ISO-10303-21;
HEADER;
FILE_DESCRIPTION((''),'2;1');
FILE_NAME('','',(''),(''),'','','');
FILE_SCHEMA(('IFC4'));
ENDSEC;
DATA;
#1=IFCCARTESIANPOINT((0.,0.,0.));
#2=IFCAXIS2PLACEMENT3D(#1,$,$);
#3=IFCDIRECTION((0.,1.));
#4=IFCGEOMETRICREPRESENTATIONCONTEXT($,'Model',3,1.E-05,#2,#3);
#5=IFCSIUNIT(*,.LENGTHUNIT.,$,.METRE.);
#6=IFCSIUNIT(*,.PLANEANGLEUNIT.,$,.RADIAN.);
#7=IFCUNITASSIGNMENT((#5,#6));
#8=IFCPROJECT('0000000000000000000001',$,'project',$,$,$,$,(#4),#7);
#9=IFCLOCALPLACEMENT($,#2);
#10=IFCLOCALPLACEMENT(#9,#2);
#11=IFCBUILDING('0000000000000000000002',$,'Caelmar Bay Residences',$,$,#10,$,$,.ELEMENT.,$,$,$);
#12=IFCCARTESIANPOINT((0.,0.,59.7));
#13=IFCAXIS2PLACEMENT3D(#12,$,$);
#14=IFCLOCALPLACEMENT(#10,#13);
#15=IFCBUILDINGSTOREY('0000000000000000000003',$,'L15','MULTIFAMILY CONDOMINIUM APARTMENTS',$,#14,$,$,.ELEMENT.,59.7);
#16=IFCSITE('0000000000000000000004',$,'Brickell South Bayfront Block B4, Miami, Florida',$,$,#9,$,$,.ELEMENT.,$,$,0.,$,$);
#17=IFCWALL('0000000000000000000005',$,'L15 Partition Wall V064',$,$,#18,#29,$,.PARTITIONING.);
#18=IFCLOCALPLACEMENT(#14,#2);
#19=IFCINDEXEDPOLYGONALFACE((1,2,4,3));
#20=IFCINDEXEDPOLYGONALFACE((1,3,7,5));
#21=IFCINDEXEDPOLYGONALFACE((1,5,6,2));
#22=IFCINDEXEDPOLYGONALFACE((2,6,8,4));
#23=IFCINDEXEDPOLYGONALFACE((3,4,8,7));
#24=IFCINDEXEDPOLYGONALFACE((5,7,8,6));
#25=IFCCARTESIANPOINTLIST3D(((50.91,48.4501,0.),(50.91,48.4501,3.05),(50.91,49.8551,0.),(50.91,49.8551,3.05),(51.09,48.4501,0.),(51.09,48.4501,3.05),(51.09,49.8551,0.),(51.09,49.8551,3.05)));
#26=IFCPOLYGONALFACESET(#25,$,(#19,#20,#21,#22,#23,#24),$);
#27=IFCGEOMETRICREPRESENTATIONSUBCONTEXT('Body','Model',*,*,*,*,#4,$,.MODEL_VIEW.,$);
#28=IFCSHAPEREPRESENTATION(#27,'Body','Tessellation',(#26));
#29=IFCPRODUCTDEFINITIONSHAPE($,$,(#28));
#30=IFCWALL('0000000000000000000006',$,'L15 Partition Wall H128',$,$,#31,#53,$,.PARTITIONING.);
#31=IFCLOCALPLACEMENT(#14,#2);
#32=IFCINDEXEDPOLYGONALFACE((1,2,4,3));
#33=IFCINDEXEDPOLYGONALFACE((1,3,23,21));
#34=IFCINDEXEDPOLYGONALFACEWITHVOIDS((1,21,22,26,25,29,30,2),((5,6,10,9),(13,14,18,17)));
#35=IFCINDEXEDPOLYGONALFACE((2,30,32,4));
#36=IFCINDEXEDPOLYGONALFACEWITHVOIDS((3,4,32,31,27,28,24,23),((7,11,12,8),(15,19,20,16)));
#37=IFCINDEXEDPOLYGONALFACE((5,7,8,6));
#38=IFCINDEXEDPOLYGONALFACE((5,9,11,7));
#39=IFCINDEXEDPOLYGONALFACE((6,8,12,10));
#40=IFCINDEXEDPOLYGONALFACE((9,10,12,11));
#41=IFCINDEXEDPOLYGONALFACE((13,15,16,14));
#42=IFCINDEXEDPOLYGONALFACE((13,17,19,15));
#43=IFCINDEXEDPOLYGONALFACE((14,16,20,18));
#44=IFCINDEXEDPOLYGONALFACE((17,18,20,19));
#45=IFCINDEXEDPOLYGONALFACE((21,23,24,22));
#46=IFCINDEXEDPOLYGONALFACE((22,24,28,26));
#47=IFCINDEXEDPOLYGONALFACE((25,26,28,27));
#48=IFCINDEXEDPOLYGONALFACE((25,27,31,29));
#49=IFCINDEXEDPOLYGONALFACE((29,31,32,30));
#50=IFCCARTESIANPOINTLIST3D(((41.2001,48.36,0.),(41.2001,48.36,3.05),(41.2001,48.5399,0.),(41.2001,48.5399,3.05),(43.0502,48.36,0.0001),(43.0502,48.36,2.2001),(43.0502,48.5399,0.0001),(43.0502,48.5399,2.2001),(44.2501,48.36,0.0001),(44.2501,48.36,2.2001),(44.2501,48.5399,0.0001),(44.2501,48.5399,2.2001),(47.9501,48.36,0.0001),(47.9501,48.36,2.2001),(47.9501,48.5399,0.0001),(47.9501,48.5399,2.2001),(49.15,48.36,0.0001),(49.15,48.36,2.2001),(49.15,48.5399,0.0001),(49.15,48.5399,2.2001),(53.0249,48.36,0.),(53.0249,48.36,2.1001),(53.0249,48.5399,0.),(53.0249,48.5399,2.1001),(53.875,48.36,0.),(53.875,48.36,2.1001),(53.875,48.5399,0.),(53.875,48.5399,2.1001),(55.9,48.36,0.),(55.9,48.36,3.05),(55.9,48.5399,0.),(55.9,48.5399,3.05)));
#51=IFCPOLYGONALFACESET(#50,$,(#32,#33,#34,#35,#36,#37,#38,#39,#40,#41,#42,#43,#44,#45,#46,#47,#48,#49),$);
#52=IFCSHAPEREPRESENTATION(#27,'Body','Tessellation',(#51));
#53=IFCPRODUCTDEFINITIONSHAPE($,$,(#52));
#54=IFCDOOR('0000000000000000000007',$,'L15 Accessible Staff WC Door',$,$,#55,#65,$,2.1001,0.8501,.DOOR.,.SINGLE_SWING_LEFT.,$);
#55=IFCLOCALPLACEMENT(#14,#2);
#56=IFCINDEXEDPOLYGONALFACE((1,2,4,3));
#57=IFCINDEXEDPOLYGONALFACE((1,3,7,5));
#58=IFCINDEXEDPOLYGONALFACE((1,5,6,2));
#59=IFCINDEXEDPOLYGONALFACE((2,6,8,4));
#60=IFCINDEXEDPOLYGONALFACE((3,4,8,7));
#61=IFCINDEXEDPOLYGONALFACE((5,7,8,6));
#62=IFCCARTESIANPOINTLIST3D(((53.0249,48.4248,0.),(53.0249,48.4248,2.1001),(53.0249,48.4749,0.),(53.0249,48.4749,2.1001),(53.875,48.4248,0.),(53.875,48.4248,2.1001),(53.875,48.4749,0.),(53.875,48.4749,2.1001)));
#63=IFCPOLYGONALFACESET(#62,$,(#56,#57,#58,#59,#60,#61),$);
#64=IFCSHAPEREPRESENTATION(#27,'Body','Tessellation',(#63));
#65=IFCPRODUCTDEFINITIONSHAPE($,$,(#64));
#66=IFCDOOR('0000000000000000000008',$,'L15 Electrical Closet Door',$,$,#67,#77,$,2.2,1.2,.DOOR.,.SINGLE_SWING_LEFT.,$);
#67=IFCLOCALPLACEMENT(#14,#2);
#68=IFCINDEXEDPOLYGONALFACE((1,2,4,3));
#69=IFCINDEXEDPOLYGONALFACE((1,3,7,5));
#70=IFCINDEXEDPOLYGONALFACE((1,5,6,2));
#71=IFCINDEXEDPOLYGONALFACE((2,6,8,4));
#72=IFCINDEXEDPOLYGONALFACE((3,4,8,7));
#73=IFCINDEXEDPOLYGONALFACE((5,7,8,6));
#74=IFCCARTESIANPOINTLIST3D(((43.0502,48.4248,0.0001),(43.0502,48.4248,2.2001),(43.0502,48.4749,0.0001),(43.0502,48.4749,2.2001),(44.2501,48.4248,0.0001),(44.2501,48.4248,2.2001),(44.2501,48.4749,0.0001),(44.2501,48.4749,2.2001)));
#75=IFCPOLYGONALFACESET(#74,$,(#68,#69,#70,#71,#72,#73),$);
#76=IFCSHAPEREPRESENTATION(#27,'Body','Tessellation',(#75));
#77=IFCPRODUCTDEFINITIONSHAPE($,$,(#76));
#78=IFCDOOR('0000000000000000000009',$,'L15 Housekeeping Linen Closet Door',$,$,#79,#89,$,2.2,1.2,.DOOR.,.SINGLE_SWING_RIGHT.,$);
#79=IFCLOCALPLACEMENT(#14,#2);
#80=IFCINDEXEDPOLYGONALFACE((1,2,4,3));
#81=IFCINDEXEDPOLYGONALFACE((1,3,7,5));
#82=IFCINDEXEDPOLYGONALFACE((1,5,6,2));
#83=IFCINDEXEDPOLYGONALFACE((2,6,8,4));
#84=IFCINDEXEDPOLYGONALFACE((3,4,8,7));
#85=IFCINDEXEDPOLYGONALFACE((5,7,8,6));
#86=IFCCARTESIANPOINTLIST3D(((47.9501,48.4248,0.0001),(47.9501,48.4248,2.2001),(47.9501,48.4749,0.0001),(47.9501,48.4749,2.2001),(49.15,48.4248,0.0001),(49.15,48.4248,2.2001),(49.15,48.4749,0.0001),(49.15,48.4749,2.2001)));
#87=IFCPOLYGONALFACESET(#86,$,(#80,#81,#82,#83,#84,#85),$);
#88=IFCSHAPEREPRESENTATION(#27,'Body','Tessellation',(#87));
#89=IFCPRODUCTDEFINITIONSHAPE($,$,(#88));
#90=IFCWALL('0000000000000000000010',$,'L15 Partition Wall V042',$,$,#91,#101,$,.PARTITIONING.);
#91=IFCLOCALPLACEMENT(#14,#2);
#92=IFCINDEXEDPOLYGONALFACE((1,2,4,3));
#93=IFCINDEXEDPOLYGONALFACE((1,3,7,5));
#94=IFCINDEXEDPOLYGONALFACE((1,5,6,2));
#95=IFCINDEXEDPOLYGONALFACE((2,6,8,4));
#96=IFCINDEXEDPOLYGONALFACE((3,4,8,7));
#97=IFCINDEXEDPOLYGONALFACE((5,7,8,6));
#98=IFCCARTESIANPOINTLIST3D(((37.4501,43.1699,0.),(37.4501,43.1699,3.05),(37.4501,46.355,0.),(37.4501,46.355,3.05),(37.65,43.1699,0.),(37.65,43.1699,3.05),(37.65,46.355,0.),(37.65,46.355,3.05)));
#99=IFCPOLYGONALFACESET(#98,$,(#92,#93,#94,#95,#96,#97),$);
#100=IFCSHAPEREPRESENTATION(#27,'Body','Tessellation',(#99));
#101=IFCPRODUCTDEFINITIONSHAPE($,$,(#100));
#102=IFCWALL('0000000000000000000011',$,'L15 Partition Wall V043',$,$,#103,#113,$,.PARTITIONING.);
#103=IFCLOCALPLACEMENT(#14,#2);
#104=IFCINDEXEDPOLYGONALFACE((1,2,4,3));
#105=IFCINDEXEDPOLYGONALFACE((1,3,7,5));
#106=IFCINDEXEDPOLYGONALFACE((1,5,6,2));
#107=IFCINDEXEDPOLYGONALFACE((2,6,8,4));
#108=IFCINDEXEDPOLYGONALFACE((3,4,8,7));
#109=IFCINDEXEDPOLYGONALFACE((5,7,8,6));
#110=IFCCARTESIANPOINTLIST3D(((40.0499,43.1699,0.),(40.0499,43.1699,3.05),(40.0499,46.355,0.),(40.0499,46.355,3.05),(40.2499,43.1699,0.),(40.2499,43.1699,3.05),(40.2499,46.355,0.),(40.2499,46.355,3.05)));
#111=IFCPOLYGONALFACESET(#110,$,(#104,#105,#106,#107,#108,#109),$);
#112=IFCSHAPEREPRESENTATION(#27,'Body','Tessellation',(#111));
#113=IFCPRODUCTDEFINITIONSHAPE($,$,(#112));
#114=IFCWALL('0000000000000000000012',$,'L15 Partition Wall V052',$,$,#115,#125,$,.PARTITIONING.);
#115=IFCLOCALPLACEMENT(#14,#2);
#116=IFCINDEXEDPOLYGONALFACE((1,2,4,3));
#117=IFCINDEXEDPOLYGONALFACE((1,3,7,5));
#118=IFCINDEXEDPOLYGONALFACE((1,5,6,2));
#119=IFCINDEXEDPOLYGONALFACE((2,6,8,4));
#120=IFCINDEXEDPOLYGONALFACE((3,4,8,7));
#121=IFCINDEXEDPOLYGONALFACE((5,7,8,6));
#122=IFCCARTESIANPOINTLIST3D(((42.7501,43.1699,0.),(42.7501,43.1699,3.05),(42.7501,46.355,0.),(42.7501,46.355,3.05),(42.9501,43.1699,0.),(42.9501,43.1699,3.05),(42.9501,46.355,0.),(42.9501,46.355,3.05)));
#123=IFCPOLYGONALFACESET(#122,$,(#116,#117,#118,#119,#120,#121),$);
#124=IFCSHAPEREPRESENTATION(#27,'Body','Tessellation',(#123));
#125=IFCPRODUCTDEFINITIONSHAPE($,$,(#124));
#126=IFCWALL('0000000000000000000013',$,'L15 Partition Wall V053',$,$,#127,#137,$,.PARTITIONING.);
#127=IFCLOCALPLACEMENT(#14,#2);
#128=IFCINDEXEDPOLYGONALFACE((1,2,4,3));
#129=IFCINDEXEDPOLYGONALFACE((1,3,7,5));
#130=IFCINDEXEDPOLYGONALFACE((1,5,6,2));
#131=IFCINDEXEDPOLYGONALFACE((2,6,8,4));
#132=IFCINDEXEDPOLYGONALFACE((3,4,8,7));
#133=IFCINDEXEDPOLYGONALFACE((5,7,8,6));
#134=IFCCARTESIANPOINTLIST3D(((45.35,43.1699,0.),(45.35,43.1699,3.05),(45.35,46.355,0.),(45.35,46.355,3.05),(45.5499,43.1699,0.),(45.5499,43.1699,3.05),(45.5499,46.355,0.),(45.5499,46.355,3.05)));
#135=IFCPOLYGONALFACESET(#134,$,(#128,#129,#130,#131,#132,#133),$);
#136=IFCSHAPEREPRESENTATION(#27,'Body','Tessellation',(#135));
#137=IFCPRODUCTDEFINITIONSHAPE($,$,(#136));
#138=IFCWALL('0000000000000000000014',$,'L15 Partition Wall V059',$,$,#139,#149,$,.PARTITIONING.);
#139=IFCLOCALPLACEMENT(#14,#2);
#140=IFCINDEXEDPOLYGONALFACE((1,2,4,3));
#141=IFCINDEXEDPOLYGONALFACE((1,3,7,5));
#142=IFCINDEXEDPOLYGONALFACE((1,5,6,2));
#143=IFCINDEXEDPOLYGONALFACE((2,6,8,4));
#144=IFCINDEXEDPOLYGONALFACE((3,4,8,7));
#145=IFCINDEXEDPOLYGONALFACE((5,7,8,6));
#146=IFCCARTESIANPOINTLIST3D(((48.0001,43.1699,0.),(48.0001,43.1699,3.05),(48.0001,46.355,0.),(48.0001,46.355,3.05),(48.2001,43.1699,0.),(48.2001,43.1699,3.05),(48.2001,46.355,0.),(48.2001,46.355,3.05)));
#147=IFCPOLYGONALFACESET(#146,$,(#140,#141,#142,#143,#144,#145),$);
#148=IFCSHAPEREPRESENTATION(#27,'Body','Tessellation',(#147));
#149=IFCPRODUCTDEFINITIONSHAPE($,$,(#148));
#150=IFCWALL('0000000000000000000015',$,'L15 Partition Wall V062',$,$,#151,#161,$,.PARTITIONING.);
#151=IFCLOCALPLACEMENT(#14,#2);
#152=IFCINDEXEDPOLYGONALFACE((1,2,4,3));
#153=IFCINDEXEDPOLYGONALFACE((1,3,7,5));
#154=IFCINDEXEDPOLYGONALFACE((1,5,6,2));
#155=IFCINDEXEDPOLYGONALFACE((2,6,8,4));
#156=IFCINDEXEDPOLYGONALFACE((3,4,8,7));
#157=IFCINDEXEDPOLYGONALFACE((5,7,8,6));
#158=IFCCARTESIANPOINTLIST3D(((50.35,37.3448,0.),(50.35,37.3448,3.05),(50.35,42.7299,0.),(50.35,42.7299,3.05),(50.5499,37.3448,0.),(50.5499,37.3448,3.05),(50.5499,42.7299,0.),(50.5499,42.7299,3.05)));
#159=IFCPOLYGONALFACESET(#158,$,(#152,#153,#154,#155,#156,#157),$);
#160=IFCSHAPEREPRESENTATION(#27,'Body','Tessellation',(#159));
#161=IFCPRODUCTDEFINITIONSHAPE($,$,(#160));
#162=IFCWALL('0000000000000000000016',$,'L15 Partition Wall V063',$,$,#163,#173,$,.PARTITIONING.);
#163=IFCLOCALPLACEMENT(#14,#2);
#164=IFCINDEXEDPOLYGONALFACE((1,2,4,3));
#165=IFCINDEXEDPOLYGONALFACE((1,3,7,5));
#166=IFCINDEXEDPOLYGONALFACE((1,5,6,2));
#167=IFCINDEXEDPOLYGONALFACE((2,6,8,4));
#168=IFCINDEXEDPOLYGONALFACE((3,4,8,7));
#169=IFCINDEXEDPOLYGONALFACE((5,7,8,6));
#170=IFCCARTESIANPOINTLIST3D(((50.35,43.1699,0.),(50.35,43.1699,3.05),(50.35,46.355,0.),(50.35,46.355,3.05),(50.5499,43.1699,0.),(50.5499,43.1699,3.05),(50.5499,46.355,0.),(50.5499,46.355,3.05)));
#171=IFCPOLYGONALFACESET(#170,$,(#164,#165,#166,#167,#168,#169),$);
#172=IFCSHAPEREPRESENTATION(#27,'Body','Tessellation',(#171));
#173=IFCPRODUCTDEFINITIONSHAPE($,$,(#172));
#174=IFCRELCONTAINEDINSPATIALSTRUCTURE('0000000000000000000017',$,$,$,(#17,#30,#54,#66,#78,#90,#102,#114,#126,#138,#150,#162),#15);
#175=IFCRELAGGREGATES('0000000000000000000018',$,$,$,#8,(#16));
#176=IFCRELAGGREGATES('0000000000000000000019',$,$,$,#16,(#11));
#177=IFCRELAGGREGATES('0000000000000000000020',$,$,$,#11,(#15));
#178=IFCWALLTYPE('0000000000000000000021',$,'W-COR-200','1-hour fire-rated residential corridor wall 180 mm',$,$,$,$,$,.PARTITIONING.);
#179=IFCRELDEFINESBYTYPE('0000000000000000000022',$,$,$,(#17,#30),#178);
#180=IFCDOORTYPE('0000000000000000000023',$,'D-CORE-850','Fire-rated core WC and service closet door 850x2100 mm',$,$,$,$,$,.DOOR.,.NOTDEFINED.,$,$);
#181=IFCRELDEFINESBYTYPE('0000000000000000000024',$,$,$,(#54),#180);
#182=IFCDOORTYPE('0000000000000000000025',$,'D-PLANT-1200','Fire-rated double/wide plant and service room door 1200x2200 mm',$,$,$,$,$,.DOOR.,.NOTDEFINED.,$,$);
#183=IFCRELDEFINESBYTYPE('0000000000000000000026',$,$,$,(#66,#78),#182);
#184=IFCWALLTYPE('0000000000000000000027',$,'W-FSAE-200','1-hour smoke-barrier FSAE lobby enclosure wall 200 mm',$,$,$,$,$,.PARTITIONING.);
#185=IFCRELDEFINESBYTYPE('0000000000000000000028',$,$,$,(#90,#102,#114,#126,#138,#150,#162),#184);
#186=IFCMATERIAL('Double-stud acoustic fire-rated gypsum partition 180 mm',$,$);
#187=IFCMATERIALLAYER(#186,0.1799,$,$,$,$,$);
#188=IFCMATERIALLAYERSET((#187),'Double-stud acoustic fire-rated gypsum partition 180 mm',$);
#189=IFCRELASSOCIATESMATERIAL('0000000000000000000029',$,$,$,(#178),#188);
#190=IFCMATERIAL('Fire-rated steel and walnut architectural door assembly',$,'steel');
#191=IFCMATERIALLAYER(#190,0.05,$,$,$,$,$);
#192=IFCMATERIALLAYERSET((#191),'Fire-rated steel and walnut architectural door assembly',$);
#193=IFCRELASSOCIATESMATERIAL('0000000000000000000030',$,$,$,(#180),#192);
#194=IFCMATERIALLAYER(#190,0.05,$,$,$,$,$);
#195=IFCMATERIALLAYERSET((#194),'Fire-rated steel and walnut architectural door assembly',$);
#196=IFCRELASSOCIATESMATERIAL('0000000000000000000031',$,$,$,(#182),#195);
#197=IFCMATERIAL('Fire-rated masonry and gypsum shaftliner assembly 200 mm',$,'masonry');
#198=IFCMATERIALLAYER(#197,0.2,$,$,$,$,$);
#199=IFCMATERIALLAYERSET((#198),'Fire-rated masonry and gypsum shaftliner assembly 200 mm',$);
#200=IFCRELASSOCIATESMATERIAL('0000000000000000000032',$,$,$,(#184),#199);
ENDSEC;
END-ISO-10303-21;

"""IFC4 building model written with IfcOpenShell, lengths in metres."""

from ifc_helpers import new_model, si_unit, direction, frame, frame_2d, origin, place, context, subcontext, project, spatial, rectangle, extrude, material, layer, layer_set, type_object, element, fill, save


model = new_model("IFC4")

# Units and contexts
model_context = context("Model", 3, precision=1e-05, world=origin(), true_north=direction((0.0, 1.0)))
body_context = subcontext(model_context, "Body", "Model", "MODEL_VIEW")
ifc_project = project(units=[si_unit("LENGTHUNIT", "METRE"), si_unit("PLANEANGLEUNIT", "RADIAN")], contexts=[model_context])

# Site, building, storey
site_placement = place(None, origin())
site = spatial("IfcSite", under=ifc_project, at=site_placement, Name="Brickell South Bayfront Block B4, Miami, Florida", CompositionType="ELEMENT", RefElevation=0.0)
building_placement = place(site_placement, origin())
building = spatial("IfcBuilding", under=site, at=building_placement, Name="Caelmar Bay Residences", CompositionType="ELEMENT")
storey_placement = place(building_placement, frame((0.0, 0.0, 59.7)))
storey = spatial("IfcBuildingStorey", under=building, at=storey_placement, Name="L15", Description="MULTIFAMILY CONDOMINIUM APARTMENTS", CompositionType="ELEMENT", Elevation=59.7)

# Shared definitions
ifc_material_1 = material(Name="Double-stud acoustic fire-rated gypsum partition 180 mm")
ifc_layer_1 = layer(ifc_material_1, 0.1799)
ifc_layer_set_1 = layer_set([ifc_layer_1], Name="Double-stud acoustic fire-rated gypsum partition 180 mm")
wall_type_1 = type_object("IfcWallType", Name="W-COR-200", Description="1-hour fire-rated residential corridor wall 180 mm", PredefinedType="PARTITIONING", material=ifc_layer_set_1)
ifc_material_2 = material(Name="Fire-rated steel and walnut architectural door assembly", Category="steel")

# Wall
for number, where, z_axis, x_axis, name in (
    (1, (51.0, 48.45, 0.0), (0.0, 0.0, 1.0), (0.0, 1.0, 0.0), "L15 Partition Wall V064"),
):
    element("IfcWall", number, at=place(storey_placement, frame(where, z_axis=z_axis, x_axis=x_axis)), inside=storey, type_object=wall_type_1, Name=name, PredefinedType="PARTITIONING", context=body_context, shape_type="SweptSolid", body=[
        extrude(rectangle(XDim=1.405, YDim=0.1799, at=frame_2d((0.7026, 0.0))), origin(), (0.0, 0.0, 1.0), 3.05),
    ])

# Wall, openings, doors
wall_1_placement = place(storey_placement, frame((41.2, 48.45, 0.0), z_axis=(0.0, 0.0, 1.0), x_axis=(1.0, 0.0, 0.0)))
wall_1 = element("IfcWall", 2, at=wall_1_placement, inside=storey, type_object=wall_type_1, Name="L15 Partition Wall H128", PredefinedType="PARTITIONING", context=body_context, shape_type="SweptSolid", body=[
    extrude(rectangle(XDim=14.7, YDim=0.1799, at=frame_2d((7.3501, 0.0))), origin(), (0.0, 0.0, 1.0), 3.05),
])
opening_1_placement = place(wall_1_placement, frame((1.8501, 0.0, 0.0)))
opening_1 = element("IfcOpeningElement", 3, at=opening_1_placement, cuts=wall_1, PredefinedType="OPENING", context=body_context, shape_type="SweptSolid", body=[
    extrude(rectangle(XDim=1.2, YDim=2.2, at=frame_2d((0.6001, 1.1001))), frame((0.0, 0.0999, 0.0), z_axis=(0.0, -1.0, 0.0), x_axis=(1.0, 0.0, 0.0)), (0.0, 0.0, 1.0), 0.2),
])
opening_2_placement = place(wall_1_placement, frame((6.75, 0.0, 0.0)))
opening_2 = element("IfcOpeningElement", 4, at=opening_2_placement, cuts=wall_1, PredefinedType="OPENING", context=body_context, shape_type="SweptSolid", body=[
    extrude(rectangle(XDim=1.2, YDim=2.2, at=frame_2d((0.6001, 1.1001))), frame((0.0, 0.0999, 0.0), z_axis=(0.0, -1.0, 0.0), x_axis=(1.0, 0.0, 0.0)), (0.0, 0.0, 1.0), 0.2),
])
opening_3_placement = place(wall_1_placement, frame((11.825, 0.0, 0.0)))
opening_3 = element("IfcOpeningElement", 5, at=opening_3_placement, cuts=wall_1, PredefinedType="OPENING", context=body_context, shape_type="SweptSolid", body=[
    extrude(rectangle(XDim=0.8501, YDim=2.1001, at=frame_2d((0.425, 1.05))), frame((0.0, 0.0999, 0.0), z_axis=(0.0, -1.0, 0.0), x_axis=(1.0, 0.0, 0.0)), (0.0, 0.0, 1.0), 0.2),
])
ifc_layer_2 = layer(ifc_material_2, 0.05)
ifc_layer_set_2 = layer_set([ifc_layer_2], Name="Fire-rated steel and walnut architectural door assembly")
door_type_1 = type_object("IfcDoorType", Name="D-CORE-850", Description="Fire-rated core WC and service closet door 850x2100 mm", OperationType="NOTDEFINED", PredefinedType="DOOR", material=ifc_layer_set_2)
door_1_placement = place(opening_3_placement, origin())
door_1 = element("IfcDoor", 6, at=door_1_placement, inside=storey, type_object=door_type_1, Name="L15 Accessible Staff WC Door", OperationType="SINGLE_SWING_LEFT", OverallHeight=2.1001, OverallWidth=0.8501, PredefinedType="DOOR", context=body_context, shape_type="SweptSolid", body=[
    extrude(rectangle(XDim=0.8501, YDim=2.1001, at=frame_2d((0.425, 1.05))), frame((0.0, 0.0249, 0.0), z_axis=(0.0, -1.0, 0.0), x_axis=(1.0, 0.0, 0.0)), (0.0, 0.0, 1.0), 0.05),
])
fill(opening_3, door_1)
ifc_layer_3 = layer(ifc_material_2, 0.05)
ifc_layer_set_3 = layer_set([ifc_layer_3], Name="Fire-rated steel and walnut architectural door assembly")
door_type_2 = type_object("IfcDoorType", Name="D-PLANT-1200", Description="Fire-rated double/wide plant and service room door 1200x2200 mm", OperationType="NOTDEFINED", PredefinedType="DOOR", material=ifc_layer_set_3)
door_2_placement = place(opening_1_placement, origin())
door_2 = element("IfcDoor", 7, at=door_2_placement, inside=storey, type_object=door_type_2, Name="L15 Electrical Closet Door", OperationType="SINGLE_SWING_LEFT", OverallHeight=2.2, OverallWidth=1.2, PredefinedType="DOOR", context=body_context, shape_type="SweptSolid", body=[
    extrude(rectangle(XDim=1.2, YDim=2.2, at=frame_2d((0.6001, 1.1001))), frame((0.0, 0.0249, 0.0), z_axis=(0.0, -1.0, 0.0), x_axis=(1.0, 0.0, 0.0)), (0.0, 0.0, 1.0), 0.05),
])
fill(opening_1, door_2)
door_3_placement = place(opening_2_placement, origin())
door_3 = element("IfcDoor", 8, at=door_3_placement, inside=storey, type_object=door_type_2, Name="L15 Housekeeping Linen Closet Door", OperationType="SINGLE_SWING_RIGHT", OverallHeight=2.2, OverallWidth=1.2, PredefinedType="DOOR", context=body_context, shape_type="SweptSolid", body=[
    extrude(rectangle(XDim=1.2, YDim=2.2, at=frame_2d((0.6001, 1.1001))), frame((0.0, 0.0249, 0.0), z_axis=(0.0, -1.0, 0.0), x_axis=(1.0, 0.0, 0.0)), (0.0, 0.0, 1.0), 0.05),
])
fill(opening_2, door_3)

# Walls
ifc_material_3 = material(Name="Fire-rated masonry and gypsum shaftliner assembly 200 mm", Category="masonry")
ifc_layer_4 = layer(ifc_material_3, 0.2)
ifc_layer_set_4 = layer_set([ifc_layer_4], Name="Fire-rated masonry and gypsum shaftliner assembly 200 mm")
wall_type_2 = type_object("IfcWallType", Name="W-FSAE-200", Description="1-hour smoke-barrier FSAE lobby enclosure wall 200 mm", PredefinedType="PARTITIONING", material=ifc_layer_set_4)
for number, where, z_axis, x_axis, name in (
    (9, (37.55, 43.1699, 0.0), (0.0, 0.0, 1.0), (0.0, 1.0, 0.0), "L15 Partition Wall V042"),
    (10, (40.1499, 43.1699, 0.0), (0.0, 0.0, 1.0), (0.0, 1.0, 0.0), "L15 Partition Wall V043"),
    (11, (42.8501, 43.1699, 0.0), (0.0, 0.0, 1.0), (0.0, 1.0, 0.0), "L15 Partition Wall V052"),
    (12, (45.45, 43.1699, 0.0), (0.0, 0.0, 1.0), (0.0, 1.0, 0.0), "L15 Partition Wall V053"),
    (13, (48.1001, 43.1699, 0.0), (0.0, 0.0, 1.0), (0.0, 1.0, 0.0), "L15 Partition Wall V059"),
):
    element("IfcWall", number, at=place(storey_placement, frame(where, z_axis=z_axis, x_axis=x_axis)), inside=storey, type_object=wall_type_2, Name=name, PredefinedType="PARTITIONING", context=body_context, shape_type="SweptSolid", body=[
        extrude(rectangle(XDim=3.1851, YDim=0.2, at=frame_2d((1.5925, 0.0))), origin(), (0.0, 0.0, 1.0), 3.05),
    ])
wall_2_placement = place(storey_placement, frame((50.45, 37.345, 0.0), z_axis=(0.0, 0.0, 1.0), x_axis=(0.0, 1.0, 0.0)))
element("IfcWall", 14, at=wall_2_placement, inside=storey, type_object=wall_type_2, Name="L15 Partition Wall V062", PredefinedType="PARTITIONING", context=body_context, shape_type="SweptSolid", body=[
    extrude(rectangle(XDim=5.385, YDim=0.2, at=frame_2d((2.6924, 0.0))), origin(), (0.0, 0.0, 1.0), 3.05),
])
wall_3_placement = place(storey_placement, frame((50.45, 43.1699, 0.0), z_axis=(0.0, 0.0, 1.0), x_axis=(0.0, 1.0, 0.0)))
element("IfcWall", 15, at=wall_3_placement, inside=storey, type_object=wall_type_2, Name="L15 Partition Wall V063", PredefinedType="PARTITIONING", context=body_context, shape_type="SweptSolid", body=[
    extrude(rectangle(XDim=3.1851, YDim=0.2, at=frame_2d((1.5925, 0.0))), origin(), (0.0, 0.0, 1.0), 3.05),
])

save(model, "model.ifc")
